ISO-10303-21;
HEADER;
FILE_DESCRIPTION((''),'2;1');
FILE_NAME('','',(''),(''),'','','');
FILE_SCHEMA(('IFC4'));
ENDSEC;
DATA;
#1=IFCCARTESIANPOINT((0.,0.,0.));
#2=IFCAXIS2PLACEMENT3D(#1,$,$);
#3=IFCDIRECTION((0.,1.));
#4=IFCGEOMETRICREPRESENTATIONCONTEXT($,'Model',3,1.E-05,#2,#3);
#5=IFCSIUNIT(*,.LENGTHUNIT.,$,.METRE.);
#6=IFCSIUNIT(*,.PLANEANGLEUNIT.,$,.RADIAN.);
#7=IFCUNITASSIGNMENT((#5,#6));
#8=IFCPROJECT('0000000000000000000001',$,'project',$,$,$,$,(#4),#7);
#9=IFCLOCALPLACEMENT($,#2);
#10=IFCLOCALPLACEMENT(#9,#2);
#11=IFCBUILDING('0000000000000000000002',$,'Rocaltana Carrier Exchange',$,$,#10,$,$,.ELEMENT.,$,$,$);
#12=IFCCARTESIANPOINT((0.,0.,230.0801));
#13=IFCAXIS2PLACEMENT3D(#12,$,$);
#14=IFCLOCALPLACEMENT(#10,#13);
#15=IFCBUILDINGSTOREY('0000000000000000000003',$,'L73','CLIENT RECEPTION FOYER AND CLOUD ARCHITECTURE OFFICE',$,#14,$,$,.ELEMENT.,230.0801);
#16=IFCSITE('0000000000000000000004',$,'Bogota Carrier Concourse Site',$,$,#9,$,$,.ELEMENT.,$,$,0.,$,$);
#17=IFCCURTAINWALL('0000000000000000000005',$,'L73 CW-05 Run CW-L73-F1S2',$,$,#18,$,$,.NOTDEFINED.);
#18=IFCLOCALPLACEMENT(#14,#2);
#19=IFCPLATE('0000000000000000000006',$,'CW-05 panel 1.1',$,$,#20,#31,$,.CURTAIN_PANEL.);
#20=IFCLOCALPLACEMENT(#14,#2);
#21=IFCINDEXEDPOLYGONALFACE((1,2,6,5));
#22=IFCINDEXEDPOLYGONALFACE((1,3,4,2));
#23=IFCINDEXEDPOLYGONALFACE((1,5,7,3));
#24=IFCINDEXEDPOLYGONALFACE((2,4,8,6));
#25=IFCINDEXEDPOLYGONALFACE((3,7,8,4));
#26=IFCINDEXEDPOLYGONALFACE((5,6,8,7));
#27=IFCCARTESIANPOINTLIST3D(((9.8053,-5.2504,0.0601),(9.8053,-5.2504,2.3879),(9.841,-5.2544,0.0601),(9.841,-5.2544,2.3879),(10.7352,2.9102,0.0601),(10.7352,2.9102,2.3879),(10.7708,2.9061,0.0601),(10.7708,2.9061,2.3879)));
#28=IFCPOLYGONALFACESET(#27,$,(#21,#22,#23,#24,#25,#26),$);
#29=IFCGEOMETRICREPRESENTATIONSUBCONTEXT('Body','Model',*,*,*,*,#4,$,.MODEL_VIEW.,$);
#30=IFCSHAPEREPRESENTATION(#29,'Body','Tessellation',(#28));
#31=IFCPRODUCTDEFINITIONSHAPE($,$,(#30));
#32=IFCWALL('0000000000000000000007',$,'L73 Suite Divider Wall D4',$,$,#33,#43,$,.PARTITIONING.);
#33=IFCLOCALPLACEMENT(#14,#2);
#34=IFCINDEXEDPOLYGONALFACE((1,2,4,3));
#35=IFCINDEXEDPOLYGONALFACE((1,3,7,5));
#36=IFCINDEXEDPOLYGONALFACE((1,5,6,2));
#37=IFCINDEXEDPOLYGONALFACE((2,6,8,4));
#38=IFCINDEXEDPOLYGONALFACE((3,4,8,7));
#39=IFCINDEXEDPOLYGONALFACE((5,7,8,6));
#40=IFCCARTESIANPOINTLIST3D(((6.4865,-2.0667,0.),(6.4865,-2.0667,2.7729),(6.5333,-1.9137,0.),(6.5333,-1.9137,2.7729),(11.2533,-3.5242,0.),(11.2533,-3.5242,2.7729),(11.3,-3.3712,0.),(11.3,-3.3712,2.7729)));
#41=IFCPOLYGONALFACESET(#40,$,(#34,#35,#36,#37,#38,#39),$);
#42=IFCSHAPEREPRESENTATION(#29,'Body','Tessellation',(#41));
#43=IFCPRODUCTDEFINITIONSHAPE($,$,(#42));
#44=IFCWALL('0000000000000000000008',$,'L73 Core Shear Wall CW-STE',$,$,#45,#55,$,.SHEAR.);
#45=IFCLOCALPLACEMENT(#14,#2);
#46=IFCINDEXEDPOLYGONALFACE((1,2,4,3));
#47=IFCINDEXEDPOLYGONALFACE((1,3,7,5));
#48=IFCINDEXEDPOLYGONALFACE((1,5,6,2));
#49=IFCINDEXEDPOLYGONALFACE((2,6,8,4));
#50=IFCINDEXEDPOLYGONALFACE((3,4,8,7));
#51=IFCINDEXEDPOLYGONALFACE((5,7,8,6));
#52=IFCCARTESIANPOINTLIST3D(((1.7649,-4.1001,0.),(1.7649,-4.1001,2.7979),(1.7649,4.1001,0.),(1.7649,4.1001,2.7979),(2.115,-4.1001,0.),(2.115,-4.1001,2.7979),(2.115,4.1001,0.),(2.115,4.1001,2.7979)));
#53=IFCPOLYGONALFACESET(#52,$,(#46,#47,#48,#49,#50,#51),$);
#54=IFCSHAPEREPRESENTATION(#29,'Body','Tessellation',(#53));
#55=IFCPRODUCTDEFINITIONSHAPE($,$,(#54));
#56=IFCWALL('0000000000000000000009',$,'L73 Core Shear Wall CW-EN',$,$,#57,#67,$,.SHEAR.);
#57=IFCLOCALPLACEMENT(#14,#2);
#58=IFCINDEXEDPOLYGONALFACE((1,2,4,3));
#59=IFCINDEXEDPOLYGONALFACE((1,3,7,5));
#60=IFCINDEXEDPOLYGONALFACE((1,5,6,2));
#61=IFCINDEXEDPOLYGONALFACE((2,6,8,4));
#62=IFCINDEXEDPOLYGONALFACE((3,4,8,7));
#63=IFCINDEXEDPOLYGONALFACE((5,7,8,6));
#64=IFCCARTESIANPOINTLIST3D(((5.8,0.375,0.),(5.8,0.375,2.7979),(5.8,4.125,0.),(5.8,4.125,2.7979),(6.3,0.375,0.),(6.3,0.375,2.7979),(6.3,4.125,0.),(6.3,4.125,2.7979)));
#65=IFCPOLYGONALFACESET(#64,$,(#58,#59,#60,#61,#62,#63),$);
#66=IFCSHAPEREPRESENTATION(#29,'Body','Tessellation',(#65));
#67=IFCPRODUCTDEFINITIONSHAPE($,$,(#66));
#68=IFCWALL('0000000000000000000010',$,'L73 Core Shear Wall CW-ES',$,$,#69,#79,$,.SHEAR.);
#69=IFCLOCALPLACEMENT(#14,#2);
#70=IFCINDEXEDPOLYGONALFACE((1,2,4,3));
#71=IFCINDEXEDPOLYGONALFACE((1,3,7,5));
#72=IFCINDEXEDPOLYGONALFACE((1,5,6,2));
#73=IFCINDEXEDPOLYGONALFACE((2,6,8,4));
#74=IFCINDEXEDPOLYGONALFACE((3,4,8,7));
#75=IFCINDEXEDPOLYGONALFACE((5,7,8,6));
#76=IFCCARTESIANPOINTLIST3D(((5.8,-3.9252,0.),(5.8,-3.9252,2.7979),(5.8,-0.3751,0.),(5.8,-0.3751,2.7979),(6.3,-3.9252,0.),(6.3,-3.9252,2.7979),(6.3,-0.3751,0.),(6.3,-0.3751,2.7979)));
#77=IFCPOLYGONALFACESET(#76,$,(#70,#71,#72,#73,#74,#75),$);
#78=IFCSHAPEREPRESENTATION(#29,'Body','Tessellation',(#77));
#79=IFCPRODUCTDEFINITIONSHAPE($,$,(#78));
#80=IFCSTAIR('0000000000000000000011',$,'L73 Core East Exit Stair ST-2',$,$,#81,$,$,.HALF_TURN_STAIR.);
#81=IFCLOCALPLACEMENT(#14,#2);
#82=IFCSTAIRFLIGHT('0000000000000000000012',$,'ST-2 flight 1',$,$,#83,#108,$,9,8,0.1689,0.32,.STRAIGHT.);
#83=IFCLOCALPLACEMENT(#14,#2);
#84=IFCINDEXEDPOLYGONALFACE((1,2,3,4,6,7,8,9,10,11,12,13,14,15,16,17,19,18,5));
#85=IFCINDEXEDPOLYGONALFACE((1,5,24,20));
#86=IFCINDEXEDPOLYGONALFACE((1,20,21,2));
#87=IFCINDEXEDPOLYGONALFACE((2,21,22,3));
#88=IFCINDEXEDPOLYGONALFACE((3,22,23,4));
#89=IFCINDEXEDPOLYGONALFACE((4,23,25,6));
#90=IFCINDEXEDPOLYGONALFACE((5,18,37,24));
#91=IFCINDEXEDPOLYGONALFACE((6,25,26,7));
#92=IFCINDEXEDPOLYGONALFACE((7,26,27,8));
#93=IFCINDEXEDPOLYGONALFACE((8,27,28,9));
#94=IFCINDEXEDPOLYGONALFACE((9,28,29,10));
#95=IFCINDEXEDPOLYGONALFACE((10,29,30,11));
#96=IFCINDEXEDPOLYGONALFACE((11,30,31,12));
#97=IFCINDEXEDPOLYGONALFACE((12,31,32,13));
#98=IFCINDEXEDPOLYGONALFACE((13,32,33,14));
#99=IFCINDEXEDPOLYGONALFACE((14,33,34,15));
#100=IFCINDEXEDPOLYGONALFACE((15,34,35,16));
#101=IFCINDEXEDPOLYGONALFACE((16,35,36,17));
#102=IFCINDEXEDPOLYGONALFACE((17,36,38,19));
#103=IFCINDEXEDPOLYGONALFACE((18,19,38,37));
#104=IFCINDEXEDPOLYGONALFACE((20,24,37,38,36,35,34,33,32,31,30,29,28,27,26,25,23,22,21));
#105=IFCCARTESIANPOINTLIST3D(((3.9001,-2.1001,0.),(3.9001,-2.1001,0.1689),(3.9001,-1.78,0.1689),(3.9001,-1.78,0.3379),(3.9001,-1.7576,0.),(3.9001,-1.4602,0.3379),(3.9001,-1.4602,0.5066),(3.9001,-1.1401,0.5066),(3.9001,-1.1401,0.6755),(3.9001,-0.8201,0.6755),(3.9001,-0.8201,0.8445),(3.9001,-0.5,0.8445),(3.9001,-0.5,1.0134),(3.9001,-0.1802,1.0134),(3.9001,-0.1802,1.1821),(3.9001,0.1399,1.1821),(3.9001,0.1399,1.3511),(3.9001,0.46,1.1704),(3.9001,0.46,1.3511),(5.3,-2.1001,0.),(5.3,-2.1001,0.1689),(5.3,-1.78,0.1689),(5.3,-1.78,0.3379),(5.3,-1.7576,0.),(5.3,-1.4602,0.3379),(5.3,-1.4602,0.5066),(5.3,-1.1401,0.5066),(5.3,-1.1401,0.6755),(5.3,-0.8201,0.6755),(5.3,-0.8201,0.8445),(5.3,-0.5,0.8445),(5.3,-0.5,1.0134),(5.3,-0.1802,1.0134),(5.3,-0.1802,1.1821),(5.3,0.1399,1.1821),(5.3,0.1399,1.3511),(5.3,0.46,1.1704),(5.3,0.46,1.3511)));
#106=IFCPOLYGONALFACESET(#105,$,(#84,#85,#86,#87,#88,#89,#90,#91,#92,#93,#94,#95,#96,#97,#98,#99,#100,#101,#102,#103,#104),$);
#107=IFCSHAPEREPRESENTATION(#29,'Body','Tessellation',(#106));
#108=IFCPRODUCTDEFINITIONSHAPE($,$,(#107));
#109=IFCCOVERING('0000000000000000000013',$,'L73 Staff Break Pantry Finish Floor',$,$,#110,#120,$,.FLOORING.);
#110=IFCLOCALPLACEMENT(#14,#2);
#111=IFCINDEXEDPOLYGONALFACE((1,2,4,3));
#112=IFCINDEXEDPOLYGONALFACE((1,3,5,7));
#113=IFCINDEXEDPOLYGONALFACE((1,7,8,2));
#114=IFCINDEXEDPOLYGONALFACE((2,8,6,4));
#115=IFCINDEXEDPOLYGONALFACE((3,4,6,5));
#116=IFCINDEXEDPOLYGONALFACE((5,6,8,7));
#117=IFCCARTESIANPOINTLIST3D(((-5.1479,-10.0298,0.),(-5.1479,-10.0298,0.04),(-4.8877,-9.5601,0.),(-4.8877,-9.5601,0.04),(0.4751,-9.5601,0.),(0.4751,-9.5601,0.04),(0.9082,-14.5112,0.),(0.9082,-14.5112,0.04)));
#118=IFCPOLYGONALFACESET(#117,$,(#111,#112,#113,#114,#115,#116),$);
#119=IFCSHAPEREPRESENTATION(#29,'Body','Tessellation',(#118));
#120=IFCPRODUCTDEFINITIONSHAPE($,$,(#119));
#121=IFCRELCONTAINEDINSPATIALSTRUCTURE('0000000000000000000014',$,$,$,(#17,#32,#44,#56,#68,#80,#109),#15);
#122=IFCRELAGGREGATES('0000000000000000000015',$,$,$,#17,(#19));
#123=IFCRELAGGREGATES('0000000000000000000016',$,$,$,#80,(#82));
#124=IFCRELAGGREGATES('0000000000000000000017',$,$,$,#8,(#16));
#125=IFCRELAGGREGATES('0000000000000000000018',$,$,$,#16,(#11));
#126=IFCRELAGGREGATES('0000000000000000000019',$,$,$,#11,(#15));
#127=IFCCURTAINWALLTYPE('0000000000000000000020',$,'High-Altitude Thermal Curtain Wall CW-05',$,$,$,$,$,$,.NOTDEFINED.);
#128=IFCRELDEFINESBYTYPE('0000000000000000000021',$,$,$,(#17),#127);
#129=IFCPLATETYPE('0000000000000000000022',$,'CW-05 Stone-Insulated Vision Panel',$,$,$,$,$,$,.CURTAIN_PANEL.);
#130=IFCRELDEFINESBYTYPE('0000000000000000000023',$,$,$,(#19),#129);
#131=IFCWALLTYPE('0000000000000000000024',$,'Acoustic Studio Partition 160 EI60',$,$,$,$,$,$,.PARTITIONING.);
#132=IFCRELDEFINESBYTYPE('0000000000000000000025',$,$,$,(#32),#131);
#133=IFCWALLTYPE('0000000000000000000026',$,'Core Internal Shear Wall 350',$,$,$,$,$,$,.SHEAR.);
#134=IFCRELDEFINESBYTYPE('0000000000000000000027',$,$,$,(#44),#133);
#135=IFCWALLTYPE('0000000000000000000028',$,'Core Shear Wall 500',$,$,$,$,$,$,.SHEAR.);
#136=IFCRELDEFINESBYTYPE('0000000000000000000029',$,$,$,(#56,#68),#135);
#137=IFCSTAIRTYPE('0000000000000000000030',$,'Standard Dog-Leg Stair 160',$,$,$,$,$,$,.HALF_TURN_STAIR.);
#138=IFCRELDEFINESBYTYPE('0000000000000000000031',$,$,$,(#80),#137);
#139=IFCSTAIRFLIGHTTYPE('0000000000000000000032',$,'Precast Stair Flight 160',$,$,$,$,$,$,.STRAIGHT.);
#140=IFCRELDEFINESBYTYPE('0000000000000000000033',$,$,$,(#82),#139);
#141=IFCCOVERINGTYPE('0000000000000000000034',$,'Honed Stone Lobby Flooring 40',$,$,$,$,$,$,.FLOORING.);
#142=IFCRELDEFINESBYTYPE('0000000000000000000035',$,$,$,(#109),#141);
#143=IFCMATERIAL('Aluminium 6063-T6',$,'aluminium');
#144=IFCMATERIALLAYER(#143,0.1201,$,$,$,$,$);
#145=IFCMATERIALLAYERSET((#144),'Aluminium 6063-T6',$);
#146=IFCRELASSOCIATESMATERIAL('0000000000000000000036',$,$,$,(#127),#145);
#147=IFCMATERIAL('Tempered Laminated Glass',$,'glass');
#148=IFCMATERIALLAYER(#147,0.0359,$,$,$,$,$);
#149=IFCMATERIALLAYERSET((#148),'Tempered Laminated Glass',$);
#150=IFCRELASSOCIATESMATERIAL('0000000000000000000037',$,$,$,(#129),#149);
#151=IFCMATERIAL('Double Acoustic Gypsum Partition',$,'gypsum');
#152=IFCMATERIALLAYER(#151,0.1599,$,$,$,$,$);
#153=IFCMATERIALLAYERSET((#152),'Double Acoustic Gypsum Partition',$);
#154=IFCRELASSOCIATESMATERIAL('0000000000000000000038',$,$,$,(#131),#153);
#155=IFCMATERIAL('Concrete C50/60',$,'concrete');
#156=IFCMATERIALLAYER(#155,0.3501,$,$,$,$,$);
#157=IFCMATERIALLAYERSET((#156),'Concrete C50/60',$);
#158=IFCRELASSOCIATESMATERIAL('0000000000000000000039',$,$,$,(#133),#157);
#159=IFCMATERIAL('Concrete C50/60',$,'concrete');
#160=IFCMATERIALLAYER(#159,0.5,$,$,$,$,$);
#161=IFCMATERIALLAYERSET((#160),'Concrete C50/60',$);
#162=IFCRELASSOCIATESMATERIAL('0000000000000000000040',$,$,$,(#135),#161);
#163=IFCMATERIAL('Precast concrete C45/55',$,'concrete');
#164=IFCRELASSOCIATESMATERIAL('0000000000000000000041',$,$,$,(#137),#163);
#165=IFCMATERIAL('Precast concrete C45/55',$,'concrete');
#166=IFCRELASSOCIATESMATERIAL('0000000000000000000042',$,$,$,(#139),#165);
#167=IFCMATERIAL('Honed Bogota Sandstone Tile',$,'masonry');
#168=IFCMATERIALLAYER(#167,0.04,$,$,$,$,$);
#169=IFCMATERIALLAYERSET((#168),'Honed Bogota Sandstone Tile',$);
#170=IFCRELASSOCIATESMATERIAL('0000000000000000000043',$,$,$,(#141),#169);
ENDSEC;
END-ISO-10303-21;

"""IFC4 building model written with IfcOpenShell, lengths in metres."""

from ifc_helpers import new_model, si_unit, direction, frame, frame_2d, origin, origin_2d, place, context, subcontext, project, spatial, polyline, rectangle, outline, extrude, material, layer, layer_set, type_object, element, aggregate, save


model = new_model("IFC4")

# Units and contexts
model_context = context("Model", 3, precision=1e-05, world=origin(), true_north=direction((0.0, 1.0)))
body_context = subcontext(model_context, "Body", "Model", "MODEL_VIEW")
ifc_project = project(units=[si_unit("LENGTHUNIT", "METRE"), si_unit("PLANEANGLEUNIT", "RADIAN")], contexts=[model_context])

# Site, building, storey
site_placement = place(None, origin())
site = spatial("IfcSite", under=ifc_project, at=site_placement, Name="Bogota Carrier Concourse Site", CompositionType="ELEMENT", RefElevation=0.0)
building_placement = place(site_placement, origin())
building = spatial("IfcBuilding", under=site, at=building_placement, Name="Rocaltana Carrier Exchange", CompositionType="ELEMENT")
storey_placement = place(building_placement, frame((0.0, 0.0, 230.0801)))
storey = spatial("IfcBuildingStorey", under=building, at=storey_placement, Name="L73", Description="CLIENT RECEPTION FOYER AND CLOUD ARCHITECTURE OFFICE", CompositionType="ELEMENT", Elevation=230.0801)

# Curtain wall
ifc_material_1 = material(Name="Aluminium 6063-T6", Category="aluminium")
ifc_layer_1 = layer(ifc_material_1, 0.1201)
ifc_layer_set_1 = layer_set([ifc_layer_1], Name="Aluminium 6063-T6")
curtain_wall_type = type_object("IfcCurtainWallType", Name="High-Altitude Thermal Curtain Wall CW-05", PredefinedType="NOTDEFINED", material=ifc_layer_set_1)
curtain_wall_placement = place(storey_placement, origin())
curtain_wall = element("IfcCurtainWall", 1, at=curtain_wall_placement, inside=storey, type_object=curtain_wall_type, Name="L73 CW-05 Run CW-L73-F1S2", PredefinedType="NOTDEFINED")

# Plate
ifc_material_2 = material(Name="Tempered Laminated Glass", Category="glass")
ifc_layer_2 = layer(ifc_material_2, 0.0359)
ifc_layer_set_2 = layer_set([ifc_layer_2], Name="Tempered Laminated Glass")
plate_type = type_object("IfcPlateType", Name="CW-05 Stone-Insulated Vision Panel", PredefinedType="CURTAIN_PANEL", material=ifc_layer_set_2)
plate_placement = place(storey_placement, frame((10.2881, -1.1721, 0.0601), z_axis=(0.0, 0.0, 1.0), x_axis=(0.113209, 0.993571, 0.0)))
plate = element("IfcPlate", 2, at=plate_placement, type_object=plate_type, Name="CW-05 panel 1.1", PredefinedType="CURTAIN_PANEL", context=body_context, shape_type="SweptSolid", body=[
    extrude(rectangle(XDim=8.2134, YDim=0.0359, at=origin_2d()), origin(), (0.0, 0.0, 1.0), 2.3279),
])
aggregate(curtain_wall, [plate])

# Walls
ifc_material_3 = material(Name="Double Acoustic Gypsum Partition", Category="gypsum")
ifc_layer_3 = layer(ifc_material_3, 0.1599)
ifc_layer_set_3 = layer_set([ifc_layer_3], Name="Double Acoustic Gypsum Partition")
wall_type_1 = type_object("IfcWallType", Name="Acoustic Studio Partition 160 EI60", PredefinedType="PARTITIONING", material=ifc_layer_set_3)
wall_1_placement = place(storey_placement, frame((6.51, -1.9902, 0.0), z_axis=(0.0, 0.0, 1.0), x_axis=(0.956296, -0.292399, 0.0)))
element("IfcWall", 3, at=wall_1_placement, inside=storey, type_object=wall_type_1, Name="L73 Suite Divider Wall D4", PredefinedType="PARTITIONING", context=body_context, shape_type="SweptSolid", body=[
    extrude(rectangle(XDim=4.9846, YDim=0.1599, at=frame_2d((2.4922, 0.0))), origin(), (0.0, 0.0, 1.0), 2.7729),
])
ifc_material_4 = material(Name="Concrete C50/60", Category="concrete")
ifc_layer_4 = layer(ifc_material_4, 0.3501)
ifc_layer_set_4 = layer_set([ifc_layer_4], Name="Concrete C50/60")
wall_type_2 = type_object("IfcWallType", Name="Core Internal Shear Wall 350", PredefinedType="SHEAR", material=ifc_layer_set_4)
wall_2_placement = place(storey_placement, frame((1.9399, -4.1001, 0.0), z_axis=(0.0, 0.0, 1.0), x_axis=(0.0, 1.0, 0.0)))
element("IfcWall", 4, at=wall_2_placement, inside=storey, type_object=wall_type_2, Name="L73 Core Shear Wall CW-STE", PredefinedType="SHEAR", context=body_context, shape_type="SweptSolid", body=[
    extrude(rectangle(XDim=8.2002, YDim=0.3501, at=frame_2d((4.1001, 0.0))), origin(), (0.0, 0.0, 1.0), 2.7979),
])
ifc_material_5 = material(Name="Concrete C50/60", Category="concrete")
ifc_layer_5 = layer(ifc_material_5, 0.5)
ifc_layer_set_5 = layer_set([ifc_layer_5], Name="Concrete C50/60")
wall_type_3 = type_object("IfcWallType", Name="Core Shear Wall 500", PredefinedType="SHEAR", material=ifc_layer_set_5)
wall_3_placement = place(storey_placement, frame((6.05, 0.375, 0.0), z_axis=(0.0, 0.0, 1.0), x_axis=(0.0, 1.0, 0.0)))
element("IfcWall", 5, at=wall_3_placement, inside=storey, type_object=wall_type_3, Name="L73 Core Shear Wall CW-EN", PredefinedType="SHEAR", context=body_context, shape_type="SweptSolid", body=[
    extrude(rectangle(XDim=3.75, YDim=0.5, at=frame_2d((1.875, 0.0))), origin(), (0.0, 0.0, 1.0), 2.7979),
])
wall_4_placement = place(storey_placement, frame((6.05, -3.925, 0.0), z_axis=(0.0, 0.0, 1.0), x_axis=(0.0, 1.0, 0.0)))
element("IfcWall", 6, at=wall_4_placement, inside=storey, type_object=wall_type_3, Name="L73 Core Shear Wall CW-ES", PredefinedType="SHEAR", context=body_context, shape_type="SweptSolid", body=[
    extrude(rectangle(XDim=3.55, YDim=0.5, at=frame_2d((1.7749, 0.0))), origin(), (0.0, 0.0, 1.0), 2.7979),
])

# Stair, stair flight
ifc_material_6 = material(Name="Precast concrete C45/55", Category="concrete")
stair_type = type_object("IfcStairType", Name="Standard Dog-Leg Stair 160", PredefinedType="HALF_TURN_STAIR", material=ifc_material_6)
stair_placement = place(storey_placement, origin())
stair = element("IfcStair", 7, at=stair_placement, inside=storey, type_object=stair_type, Name="L73 Core East Exit Stair ST-2", PredefinedType="HALF_TURN_STAIR")
ifc_material_7 = material(Name="Precast concrete C45/55", Category="concrete")
stair_flight_type = type_object("IfcStairFlightType", Name="Precast Stair Flight 160", PredefinedType="STRAIGHT", material=ifc_material_7)
stair_flight_placement = place(storey_placement, frame((4.6001, -2.1001, 0.0), z_axis=(0.0, 0.0, 1.0), x_axis=(0.0, 1.0, 0.0)))
stair_flight = element("IfcStairFlight", 8, at=stair_flight_placement, type_object=stair_flight_type, Name="ST-2 flight 1", NumberOfRisers=9, NumberOfTreads=8, PredefinedType="STRAIGHT", RiserHeight=0.1689, TreadLength=0.32, context=body_context, shape_type="SweptSolid", body=[
    extrude(outline(polyline([(0.0, 0.0), (0.0, 0.1689), (0.3201, 0.1689), (0.3201, 0.3379), (0.6399, 0.3379), (0.6399, 0.5066), (0.96, 0.5066), (0.96, 0.6755), (1.28, 0.6755), (1.28, 0.8445), (1.6001, 0.8445), (1.6001, 1.0134), (1.9199, 1.0134), (1.9199, 1.1821), (2.24, 1.1821), (2.24, 1.3511), (2.5601, 1.3511), (2.5601, 1.52), (2.5601, 1.1704), (0.3425, 0.0), (0.0, 0.0)])), frame((0.0, 0.7, 0.0), z_axis=(0.0, -1.0, 0.0), x_axis=(1.0, 0.0, 0.0)), (0.0, 0.0, 1.0), 1.3999),
])
aggregate(stair, [stair_flight])

# Covering
ifc_material_8 = material(Name="Honed Bogota Sandstone Tile", Category="masonry")
ifc_layer_6 = layer(ifc_material_8, 0.04)
ifc_layer_set_6 = layer_set([ifc_layer_6], Name="Honed Bogota Sandstone Tile")
covering_type_1 = type_object("IfcCoveringType", Name="Honed Stone Lobby Flooring 40", PredefinedType="FLOORING", material=ifc_layer_set_6)
covering_1_placement = place(storey_placement, origin())
element("IfcCovering", 9, at=covering_1_placement, inside=storey, type_object=covering_type_1, Name="L73 Staff Break Pantry Finish Floor", PredefinedType="FLOORING", context=body_context, shape_type="SweptSolid", body=[
    extrude(outline(polyline([(0.4751, -9.5601), (0.9082, -14.5112), (-5.1479, -10.0298), (-4.8877, -9.5601), (0.4751, -9.5601)])), origin(), (0.0, 0.0, 1.0), 0.04),
])

save(model, "model.ifc")
